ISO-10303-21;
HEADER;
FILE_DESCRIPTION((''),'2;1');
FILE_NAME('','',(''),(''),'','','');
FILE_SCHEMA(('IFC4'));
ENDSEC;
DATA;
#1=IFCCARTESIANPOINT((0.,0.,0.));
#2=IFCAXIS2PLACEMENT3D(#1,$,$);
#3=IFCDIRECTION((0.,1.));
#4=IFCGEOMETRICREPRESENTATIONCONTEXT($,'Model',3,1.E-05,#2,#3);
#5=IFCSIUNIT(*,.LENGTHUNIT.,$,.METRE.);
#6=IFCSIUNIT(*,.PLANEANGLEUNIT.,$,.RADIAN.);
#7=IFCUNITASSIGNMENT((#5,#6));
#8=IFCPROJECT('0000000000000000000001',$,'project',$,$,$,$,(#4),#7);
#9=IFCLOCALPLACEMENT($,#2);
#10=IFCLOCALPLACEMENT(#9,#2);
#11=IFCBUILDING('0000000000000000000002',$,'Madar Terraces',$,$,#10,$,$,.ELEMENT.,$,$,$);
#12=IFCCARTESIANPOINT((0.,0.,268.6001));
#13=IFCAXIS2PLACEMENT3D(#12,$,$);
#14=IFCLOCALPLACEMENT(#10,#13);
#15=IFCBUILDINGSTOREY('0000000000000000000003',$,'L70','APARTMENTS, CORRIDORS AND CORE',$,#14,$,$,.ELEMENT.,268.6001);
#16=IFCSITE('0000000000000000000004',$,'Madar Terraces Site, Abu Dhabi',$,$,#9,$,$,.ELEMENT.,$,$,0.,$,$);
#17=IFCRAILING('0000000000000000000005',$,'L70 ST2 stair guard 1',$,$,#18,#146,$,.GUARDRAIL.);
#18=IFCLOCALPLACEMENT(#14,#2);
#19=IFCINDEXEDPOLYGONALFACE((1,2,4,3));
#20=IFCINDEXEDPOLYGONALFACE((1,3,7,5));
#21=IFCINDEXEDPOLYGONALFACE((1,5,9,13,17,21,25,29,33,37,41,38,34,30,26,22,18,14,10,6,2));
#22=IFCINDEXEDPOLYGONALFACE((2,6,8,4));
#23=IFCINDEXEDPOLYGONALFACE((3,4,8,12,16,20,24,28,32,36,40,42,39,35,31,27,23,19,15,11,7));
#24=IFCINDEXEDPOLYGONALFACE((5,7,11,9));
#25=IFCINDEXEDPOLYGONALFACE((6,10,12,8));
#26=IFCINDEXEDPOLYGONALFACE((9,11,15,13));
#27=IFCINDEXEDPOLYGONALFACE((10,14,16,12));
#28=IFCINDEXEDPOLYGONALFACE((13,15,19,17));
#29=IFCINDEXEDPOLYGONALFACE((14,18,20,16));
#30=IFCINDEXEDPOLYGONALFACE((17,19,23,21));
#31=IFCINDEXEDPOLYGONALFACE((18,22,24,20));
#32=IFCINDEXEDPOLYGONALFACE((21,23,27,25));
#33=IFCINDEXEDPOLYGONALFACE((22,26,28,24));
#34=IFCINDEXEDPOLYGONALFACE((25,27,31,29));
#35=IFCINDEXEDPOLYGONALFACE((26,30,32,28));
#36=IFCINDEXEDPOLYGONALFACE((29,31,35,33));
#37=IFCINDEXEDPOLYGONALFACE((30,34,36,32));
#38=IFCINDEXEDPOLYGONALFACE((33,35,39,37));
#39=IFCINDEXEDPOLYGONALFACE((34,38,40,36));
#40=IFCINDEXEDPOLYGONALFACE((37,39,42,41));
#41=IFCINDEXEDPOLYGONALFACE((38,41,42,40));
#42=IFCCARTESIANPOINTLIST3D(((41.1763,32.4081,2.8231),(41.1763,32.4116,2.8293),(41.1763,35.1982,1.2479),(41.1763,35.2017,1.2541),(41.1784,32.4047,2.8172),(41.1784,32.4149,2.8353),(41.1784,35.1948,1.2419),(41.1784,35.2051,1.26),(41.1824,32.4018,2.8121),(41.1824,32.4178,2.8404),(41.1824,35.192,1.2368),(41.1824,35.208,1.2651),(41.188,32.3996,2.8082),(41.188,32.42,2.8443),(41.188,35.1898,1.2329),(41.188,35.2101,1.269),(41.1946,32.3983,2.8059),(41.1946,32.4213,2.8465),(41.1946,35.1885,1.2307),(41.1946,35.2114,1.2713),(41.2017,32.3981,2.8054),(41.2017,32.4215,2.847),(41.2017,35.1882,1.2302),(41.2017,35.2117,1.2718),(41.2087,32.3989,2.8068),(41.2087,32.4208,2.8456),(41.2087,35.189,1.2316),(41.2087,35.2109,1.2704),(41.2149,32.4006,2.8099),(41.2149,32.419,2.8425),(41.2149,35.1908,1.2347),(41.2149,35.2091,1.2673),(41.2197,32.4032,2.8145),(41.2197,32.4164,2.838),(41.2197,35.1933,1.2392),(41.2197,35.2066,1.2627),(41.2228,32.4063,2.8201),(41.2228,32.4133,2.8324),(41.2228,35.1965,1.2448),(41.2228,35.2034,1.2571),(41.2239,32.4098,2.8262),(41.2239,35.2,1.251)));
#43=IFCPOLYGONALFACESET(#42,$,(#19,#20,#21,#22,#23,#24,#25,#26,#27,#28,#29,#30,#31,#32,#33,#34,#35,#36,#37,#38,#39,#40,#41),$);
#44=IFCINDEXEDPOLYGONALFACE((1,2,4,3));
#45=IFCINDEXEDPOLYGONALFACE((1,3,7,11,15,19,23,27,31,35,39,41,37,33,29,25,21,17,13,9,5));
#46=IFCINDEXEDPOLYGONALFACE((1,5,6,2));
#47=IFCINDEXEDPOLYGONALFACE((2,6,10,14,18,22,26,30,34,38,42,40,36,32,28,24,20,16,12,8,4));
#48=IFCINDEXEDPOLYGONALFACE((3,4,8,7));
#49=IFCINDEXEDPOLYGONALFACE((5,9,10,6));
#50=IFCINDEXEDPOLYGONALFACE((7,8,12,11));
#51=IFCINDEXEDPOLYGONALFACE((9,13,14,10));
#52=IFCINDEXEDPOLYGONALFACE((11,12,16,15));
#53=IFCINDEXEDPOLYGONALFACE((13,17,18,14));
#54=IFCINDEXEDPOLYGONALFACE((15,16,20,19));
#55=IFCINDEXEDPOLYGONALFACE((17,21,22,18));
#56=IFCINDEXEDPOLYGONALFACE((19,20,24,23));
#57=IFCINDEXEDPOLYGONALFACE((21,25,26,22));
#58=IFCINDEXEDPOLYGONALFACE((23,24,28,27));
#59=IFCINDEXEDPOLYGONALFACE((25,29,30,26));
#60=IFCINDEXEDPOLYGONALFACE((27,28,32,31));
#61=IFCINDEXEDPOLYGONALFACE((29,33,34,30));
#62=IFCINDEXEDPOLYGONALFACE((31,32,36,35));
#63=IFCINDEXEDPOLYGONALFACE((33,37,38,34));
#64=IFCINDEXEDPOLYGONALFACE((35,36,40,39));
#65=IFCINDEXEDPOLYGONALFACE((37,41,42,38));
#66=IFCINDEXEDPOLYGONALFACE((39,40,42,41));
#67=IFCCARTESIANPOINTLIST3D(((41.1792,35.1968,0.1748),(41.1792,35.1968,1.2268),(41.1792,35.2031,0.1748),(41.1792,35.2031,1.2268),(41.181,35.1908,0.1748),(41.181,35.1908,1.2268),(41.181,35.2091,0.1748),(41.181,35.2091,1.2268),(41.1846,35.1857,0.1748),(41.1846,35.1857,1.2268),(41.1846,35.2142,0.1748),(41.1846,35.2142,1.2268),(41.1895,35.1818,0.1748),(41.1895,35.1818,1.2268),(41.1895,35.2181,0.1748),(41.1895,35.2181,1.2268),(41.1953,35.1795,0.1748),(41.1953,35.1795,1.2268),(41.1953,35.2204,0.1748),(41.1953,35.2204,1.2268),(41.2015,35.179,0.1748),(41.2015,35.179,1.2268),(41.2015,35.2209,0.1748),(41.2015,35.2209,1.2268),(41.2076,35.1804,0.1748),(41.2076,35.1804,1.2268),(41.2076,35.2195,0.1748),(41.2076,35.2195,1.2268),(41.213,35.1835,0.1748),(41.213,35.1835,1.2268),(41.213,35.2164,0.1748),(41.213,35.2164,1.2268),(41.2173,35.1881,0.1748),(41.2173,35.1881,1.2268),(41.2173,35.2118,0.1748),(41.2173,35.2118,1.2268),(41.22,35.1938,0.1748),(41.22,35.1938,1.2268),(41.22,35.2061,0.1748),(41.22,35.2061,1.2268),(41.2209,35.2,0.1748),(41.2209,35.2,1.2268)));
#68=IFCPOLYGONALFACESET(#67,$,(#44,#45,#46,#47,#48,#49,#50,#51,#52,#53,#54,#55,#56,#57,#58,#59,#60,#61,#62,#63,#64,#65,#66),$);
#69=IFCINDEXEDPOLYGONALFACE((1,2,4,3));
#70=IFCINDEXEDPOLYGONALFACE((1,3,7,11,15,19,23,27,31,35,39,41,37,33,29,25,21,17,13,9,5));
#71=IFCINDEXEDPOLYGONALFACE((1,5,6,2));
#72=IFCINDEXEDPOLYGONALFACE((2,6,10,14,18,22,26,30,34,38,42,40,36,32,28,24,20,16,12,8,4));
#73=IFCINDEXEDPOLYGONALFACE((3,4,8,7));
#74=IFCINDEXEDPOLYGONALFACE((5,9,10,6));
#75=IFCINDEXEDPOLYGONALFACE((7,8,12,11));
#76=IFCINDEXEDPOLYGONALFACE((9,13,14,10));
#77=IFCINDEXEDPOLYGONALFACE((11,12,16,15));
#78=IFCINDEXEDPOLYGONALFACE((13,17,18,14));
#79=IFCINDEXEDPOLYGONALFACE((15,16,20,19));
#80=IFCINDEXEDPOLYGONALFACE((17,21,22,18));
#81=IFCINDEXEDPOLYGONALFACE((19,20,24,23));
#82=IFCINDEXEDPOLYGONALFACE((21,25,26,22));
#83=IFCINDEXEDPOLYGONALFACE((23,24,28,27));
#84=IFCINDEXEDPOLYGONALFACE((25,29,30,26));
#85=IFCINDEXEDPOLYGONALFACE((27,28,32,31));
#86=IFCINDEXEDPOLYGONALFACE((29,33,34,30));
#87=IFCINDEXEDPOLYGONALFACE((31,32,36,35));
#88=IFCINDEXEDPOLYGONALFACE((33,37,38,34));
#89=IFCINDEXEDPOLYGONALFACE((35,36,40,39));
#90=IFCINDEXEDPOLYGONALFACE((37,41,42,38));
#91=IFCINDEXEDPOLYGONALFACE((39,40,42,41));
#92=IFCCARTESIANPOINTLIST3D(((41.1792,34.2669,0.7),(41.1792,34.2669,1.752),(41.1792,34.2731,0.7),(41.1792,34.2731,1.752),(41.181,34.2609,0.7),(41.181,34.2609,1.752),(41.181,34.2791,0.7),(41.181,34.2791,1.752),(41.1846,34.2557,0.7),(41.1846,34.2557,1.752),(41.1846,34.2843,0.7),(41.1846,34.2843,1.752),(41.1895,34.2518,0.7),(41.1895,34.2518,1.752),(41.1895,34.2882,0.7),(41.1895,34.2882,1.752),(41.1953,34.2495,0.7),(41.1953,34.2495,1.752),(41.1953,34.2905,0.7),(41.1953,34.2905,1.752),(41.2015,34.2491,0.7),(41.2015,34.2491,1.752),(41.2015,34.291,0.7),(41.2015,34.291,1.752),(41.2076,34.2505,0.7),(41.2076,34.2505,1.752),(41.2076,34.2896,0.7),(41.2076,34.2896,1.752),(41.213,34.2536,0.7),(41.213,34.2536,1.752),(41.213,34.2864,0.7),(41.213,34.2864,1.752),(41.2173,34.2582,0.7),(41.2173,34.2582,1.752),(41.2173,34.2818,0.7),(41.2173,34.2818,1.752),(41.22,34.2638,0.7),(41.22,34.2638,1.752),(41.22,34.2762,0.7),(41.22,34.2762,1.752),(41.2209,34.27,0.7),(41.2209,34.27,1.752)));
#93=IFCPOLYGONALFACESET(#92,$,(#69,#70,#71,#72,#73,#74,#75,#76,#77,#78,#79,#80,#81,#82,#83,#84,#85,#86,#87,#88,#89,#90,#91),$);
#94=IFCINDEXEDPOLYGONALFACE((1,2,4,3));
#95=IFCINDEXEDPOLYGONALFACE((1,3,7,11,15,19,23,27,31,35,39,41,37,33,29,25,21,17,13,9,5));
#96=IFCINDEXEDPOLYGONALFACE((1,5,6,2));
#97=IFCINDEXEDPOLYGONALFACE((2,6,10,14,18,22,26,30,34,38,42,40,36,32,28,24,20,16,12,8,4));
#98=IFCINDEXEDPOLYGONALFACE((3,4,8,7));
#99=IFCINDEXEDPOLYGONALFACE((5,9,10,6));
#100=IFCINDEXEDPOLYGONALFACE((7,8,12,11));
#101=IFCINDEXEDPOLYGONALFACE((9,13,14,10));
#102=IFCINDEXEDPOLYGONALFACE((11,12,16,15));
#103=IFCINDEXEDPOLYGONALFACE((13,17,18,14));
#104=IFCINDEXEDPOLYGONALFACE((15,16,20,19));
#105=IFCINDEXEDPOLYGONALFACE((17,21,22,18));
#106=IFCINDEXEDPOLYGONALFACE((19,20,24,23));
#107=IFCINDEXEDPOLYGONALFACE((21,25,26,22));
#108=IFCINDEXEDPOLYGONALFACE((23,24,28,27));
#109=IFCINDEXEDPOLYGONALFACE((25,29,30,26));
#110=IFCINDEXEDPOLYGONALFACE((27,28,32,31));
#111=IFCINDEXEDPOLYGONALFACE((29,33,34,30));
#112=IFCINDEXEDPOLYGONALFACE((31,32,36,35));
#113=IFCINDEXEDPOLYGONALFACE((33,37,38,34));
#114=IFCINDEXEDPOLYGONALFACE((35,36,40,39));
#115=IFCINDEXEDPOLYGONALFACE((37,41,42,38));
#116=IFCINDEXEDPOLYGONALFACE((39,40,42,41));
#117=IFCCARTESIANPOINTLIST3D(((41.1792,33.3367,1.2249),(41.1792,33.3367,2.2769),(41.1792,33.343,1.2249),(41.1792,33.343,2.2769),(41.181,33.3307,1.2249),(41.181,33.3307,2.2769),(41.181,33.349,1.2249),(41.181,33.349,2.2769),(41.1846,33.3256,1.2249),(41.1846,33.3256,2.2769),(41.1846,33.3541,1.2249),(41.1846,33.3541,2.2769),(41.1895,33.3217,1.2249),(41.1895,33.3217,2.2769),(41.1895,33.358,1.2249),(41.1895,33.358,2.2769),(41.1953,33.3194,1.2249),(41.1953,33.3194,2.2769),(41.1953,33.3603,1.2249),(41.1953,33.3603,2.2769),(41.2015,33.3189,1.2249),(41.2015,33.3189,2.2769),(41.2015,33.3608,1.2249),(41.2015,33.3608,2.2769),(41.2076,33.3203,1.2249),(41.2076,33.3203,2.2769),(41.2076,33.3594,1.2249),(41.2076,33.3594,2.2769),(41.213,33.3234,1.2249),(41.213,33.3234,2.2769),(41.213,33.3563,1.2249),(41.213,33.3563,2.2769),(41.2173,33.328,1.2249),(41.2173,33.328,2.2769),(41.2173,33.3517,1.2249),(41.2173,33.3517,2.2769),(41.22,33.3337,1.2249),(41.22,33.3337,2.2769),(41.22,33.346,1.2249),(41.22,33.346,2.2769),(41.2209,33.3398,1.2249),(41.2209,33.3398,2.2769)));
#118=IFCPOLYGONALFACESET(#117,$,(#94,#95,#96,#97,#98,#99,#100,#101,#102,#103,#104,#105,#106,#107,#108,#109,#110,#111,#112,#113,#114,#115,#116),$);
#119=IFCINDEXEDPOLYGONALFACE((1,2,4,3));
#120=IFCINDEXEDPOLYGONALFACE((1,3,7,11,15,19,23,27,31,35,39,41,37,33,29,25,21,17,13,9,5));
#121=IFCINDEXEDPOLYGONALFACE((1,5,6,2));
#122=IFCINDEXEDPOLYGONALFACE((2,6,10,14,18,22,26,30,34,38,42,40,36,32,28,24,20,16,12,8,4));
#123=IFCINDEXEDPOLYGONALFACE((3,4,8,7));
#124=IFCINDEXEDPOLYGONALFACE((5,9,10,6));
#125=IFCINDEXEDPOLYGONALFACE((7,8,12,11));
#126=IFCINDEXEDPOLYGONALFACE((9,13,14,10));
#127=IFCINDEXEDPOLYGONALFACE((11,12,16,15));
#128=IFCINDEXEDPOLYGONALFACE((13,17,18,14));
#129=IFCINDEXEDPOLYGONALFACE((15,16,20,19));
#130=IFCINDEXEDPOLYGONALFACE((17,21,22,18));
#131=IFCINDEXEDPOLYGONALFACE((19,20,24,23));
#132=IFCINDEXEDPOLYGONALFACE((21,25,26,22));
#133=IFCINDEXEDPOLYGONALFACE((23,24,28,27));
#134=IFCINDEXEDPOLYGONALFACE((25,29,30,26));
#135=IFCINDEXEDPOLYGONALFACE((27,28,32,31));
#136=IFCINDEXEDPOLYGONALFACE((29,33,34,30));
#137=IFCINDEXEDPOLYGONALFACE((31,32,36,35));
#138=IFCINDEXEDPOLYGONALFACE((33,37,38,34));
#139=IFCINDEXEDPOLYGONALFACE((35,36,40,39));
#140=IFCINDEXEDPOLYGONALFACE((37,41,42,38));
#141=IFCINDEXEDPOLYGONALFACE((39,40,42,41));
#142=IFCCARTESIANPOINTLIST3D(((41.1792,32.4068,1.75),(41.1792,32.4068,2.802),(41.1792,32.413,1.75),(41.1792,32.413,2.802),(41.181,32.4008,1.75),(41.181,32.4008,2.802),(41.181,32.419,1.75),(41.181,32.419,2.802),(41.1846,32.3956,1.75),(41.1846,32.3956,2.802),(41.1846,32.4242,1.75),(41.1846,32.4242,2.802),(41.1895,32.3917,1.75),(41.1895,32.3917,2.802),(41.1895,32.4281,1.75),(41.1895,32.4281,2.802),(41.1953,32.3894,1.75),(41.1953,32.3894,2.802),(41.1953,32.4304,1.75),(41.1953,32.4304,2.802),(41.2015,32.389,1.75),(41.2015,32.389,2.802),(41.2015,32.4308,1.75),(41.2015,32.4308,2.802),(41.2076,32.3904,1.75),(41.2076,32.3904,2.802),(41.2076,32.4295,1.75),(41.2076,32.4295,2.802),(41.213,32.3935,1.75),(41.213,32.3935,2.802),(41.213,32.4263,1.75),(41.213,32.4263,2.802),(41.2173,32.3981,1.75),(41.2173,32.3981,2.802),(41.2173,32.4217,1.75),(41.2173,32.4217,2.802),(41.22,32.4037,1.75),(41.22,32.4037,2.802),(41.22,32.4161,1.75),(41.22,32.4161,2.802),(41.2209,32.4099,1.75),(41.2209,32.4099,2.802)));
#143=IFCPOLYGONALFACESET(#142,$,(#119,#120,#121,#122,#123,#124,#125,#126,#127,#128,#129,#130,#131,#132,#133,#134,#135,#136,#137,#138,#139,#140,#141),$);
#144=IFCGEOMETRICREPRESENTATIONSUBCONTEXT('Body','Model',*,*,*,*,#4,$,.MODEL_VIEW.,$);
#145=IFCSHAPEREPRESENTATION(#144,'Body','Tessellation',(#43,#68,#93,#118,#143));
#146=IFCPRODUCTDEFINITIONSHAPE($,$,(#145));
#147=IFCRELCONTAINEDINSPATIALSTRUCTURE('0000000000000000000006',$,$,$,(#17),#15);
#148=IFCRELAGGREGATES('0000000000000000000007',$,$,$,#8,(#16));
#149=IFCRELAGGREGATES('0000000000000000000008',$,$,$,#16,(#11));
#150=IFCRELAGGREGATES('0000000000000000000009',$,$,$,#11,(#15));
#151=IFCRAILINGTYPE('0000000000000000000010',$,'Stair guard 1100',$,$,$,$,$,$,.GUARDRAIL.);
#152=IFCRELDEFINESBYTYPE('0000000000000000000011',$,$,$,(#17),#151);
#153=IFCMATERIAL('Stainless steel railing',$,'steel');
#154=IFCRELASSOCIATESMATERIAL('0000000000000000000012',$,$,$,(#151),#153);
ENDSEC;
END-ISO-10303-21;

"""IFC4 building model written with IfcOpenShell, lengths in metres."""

from ifc_helpers import new_model, si_unit, direction, frame, origin, origin_2d, place, context, subcontext, project, spatial, circle, extrude, material, type_object, element, save


model = new_model("IFC4")

# Units and contexts
model_context = context("Model", 3, precision=1e-05, world=origin(), true_north=direction((0.0, 1.0)))
body_context = subcontext(model_context, "Body", "Model", "MODEL_VIEW")
ifc_project = project(units=[si_unit("LENGTHUNIT", "METRE"), si_unit("PLANEANGLEUNIT", "RADIAN")], contexts=[model_context])

# Site, building, storey
site_placement = place(None, origin())
site = spatial("IfcSite", under=ifc_project, at=site_placement, Name="Madar Terraces Site, Abu Dhabi", CompositionType="ELEMENT", RefElevation=0.0)
building_placement = place(site_placement, origin())
building = spatial("IfcBuilding", under=site, at=building_placement, Name="Madar Terraces", CompositionType="ELEMENT")
storey_placement = place(building_placement, frame((0.0, 0.0, 268.6001)))
storey = spatial("IfcBuildingStorey", under=building, at=storey_placement, Name="L70", Description="APARTMENTS, CORRIDORS AND CORE", CompositionType="ELEMENT", Elevation=268.6001)

# Railing
ifc_material_1 = material(Name="Stainless steel railing", Category="steel")
railing_type_1 = type_object("IfcRailingType", Name="Stair guard 1100", PredefinedType="GUARDRAIL", material=ifc_material_1)
railing_1_placement = place(storey_placement, frame((41.2, 35.2, 0.1748)))
element("IfcRailing", 1, at=railing_1_placement, inside=storey, type_object=railing_type_1, Name="L70 ST2 stair guard 1", PredefinedType="GUARDRAIL", context=body_context, shape_type="SweptSolid", body=[
    extrude(circle(Radius=0.0239, at=origin_2d()), frame((0.0, 0.0, 1.0762), z_axis=(0.0, -0.870801, 0.491635), x_axis=(1.0, 0.0, 0.0)), (0.0, 0.0, 1.0), 3.2041),
    extrude(circle(Radius=0.021, at=origin_2d()), origin(), (0.0, 0.0, 1.0), 1.052),
    extrude(circle(Radius=0.021, at=origin_2d()), frame((0.0, -0.9299, 0.5251)), (0.0, 0.0, 1.0), 1.052),
    extrude(circle(Radius=0.021, at=origin_2d()), frame((0.0, -1.8601, 1.05)), (0.0, 0.0, 1.0), 1.052),
    extrude(circle(Radius=0.021, at=origin_2d()), frame((0.0, -2.79, 1.5752)), (0.0, 0.0, 1.0), 1.052),
])

save(model, "model.ifc")
